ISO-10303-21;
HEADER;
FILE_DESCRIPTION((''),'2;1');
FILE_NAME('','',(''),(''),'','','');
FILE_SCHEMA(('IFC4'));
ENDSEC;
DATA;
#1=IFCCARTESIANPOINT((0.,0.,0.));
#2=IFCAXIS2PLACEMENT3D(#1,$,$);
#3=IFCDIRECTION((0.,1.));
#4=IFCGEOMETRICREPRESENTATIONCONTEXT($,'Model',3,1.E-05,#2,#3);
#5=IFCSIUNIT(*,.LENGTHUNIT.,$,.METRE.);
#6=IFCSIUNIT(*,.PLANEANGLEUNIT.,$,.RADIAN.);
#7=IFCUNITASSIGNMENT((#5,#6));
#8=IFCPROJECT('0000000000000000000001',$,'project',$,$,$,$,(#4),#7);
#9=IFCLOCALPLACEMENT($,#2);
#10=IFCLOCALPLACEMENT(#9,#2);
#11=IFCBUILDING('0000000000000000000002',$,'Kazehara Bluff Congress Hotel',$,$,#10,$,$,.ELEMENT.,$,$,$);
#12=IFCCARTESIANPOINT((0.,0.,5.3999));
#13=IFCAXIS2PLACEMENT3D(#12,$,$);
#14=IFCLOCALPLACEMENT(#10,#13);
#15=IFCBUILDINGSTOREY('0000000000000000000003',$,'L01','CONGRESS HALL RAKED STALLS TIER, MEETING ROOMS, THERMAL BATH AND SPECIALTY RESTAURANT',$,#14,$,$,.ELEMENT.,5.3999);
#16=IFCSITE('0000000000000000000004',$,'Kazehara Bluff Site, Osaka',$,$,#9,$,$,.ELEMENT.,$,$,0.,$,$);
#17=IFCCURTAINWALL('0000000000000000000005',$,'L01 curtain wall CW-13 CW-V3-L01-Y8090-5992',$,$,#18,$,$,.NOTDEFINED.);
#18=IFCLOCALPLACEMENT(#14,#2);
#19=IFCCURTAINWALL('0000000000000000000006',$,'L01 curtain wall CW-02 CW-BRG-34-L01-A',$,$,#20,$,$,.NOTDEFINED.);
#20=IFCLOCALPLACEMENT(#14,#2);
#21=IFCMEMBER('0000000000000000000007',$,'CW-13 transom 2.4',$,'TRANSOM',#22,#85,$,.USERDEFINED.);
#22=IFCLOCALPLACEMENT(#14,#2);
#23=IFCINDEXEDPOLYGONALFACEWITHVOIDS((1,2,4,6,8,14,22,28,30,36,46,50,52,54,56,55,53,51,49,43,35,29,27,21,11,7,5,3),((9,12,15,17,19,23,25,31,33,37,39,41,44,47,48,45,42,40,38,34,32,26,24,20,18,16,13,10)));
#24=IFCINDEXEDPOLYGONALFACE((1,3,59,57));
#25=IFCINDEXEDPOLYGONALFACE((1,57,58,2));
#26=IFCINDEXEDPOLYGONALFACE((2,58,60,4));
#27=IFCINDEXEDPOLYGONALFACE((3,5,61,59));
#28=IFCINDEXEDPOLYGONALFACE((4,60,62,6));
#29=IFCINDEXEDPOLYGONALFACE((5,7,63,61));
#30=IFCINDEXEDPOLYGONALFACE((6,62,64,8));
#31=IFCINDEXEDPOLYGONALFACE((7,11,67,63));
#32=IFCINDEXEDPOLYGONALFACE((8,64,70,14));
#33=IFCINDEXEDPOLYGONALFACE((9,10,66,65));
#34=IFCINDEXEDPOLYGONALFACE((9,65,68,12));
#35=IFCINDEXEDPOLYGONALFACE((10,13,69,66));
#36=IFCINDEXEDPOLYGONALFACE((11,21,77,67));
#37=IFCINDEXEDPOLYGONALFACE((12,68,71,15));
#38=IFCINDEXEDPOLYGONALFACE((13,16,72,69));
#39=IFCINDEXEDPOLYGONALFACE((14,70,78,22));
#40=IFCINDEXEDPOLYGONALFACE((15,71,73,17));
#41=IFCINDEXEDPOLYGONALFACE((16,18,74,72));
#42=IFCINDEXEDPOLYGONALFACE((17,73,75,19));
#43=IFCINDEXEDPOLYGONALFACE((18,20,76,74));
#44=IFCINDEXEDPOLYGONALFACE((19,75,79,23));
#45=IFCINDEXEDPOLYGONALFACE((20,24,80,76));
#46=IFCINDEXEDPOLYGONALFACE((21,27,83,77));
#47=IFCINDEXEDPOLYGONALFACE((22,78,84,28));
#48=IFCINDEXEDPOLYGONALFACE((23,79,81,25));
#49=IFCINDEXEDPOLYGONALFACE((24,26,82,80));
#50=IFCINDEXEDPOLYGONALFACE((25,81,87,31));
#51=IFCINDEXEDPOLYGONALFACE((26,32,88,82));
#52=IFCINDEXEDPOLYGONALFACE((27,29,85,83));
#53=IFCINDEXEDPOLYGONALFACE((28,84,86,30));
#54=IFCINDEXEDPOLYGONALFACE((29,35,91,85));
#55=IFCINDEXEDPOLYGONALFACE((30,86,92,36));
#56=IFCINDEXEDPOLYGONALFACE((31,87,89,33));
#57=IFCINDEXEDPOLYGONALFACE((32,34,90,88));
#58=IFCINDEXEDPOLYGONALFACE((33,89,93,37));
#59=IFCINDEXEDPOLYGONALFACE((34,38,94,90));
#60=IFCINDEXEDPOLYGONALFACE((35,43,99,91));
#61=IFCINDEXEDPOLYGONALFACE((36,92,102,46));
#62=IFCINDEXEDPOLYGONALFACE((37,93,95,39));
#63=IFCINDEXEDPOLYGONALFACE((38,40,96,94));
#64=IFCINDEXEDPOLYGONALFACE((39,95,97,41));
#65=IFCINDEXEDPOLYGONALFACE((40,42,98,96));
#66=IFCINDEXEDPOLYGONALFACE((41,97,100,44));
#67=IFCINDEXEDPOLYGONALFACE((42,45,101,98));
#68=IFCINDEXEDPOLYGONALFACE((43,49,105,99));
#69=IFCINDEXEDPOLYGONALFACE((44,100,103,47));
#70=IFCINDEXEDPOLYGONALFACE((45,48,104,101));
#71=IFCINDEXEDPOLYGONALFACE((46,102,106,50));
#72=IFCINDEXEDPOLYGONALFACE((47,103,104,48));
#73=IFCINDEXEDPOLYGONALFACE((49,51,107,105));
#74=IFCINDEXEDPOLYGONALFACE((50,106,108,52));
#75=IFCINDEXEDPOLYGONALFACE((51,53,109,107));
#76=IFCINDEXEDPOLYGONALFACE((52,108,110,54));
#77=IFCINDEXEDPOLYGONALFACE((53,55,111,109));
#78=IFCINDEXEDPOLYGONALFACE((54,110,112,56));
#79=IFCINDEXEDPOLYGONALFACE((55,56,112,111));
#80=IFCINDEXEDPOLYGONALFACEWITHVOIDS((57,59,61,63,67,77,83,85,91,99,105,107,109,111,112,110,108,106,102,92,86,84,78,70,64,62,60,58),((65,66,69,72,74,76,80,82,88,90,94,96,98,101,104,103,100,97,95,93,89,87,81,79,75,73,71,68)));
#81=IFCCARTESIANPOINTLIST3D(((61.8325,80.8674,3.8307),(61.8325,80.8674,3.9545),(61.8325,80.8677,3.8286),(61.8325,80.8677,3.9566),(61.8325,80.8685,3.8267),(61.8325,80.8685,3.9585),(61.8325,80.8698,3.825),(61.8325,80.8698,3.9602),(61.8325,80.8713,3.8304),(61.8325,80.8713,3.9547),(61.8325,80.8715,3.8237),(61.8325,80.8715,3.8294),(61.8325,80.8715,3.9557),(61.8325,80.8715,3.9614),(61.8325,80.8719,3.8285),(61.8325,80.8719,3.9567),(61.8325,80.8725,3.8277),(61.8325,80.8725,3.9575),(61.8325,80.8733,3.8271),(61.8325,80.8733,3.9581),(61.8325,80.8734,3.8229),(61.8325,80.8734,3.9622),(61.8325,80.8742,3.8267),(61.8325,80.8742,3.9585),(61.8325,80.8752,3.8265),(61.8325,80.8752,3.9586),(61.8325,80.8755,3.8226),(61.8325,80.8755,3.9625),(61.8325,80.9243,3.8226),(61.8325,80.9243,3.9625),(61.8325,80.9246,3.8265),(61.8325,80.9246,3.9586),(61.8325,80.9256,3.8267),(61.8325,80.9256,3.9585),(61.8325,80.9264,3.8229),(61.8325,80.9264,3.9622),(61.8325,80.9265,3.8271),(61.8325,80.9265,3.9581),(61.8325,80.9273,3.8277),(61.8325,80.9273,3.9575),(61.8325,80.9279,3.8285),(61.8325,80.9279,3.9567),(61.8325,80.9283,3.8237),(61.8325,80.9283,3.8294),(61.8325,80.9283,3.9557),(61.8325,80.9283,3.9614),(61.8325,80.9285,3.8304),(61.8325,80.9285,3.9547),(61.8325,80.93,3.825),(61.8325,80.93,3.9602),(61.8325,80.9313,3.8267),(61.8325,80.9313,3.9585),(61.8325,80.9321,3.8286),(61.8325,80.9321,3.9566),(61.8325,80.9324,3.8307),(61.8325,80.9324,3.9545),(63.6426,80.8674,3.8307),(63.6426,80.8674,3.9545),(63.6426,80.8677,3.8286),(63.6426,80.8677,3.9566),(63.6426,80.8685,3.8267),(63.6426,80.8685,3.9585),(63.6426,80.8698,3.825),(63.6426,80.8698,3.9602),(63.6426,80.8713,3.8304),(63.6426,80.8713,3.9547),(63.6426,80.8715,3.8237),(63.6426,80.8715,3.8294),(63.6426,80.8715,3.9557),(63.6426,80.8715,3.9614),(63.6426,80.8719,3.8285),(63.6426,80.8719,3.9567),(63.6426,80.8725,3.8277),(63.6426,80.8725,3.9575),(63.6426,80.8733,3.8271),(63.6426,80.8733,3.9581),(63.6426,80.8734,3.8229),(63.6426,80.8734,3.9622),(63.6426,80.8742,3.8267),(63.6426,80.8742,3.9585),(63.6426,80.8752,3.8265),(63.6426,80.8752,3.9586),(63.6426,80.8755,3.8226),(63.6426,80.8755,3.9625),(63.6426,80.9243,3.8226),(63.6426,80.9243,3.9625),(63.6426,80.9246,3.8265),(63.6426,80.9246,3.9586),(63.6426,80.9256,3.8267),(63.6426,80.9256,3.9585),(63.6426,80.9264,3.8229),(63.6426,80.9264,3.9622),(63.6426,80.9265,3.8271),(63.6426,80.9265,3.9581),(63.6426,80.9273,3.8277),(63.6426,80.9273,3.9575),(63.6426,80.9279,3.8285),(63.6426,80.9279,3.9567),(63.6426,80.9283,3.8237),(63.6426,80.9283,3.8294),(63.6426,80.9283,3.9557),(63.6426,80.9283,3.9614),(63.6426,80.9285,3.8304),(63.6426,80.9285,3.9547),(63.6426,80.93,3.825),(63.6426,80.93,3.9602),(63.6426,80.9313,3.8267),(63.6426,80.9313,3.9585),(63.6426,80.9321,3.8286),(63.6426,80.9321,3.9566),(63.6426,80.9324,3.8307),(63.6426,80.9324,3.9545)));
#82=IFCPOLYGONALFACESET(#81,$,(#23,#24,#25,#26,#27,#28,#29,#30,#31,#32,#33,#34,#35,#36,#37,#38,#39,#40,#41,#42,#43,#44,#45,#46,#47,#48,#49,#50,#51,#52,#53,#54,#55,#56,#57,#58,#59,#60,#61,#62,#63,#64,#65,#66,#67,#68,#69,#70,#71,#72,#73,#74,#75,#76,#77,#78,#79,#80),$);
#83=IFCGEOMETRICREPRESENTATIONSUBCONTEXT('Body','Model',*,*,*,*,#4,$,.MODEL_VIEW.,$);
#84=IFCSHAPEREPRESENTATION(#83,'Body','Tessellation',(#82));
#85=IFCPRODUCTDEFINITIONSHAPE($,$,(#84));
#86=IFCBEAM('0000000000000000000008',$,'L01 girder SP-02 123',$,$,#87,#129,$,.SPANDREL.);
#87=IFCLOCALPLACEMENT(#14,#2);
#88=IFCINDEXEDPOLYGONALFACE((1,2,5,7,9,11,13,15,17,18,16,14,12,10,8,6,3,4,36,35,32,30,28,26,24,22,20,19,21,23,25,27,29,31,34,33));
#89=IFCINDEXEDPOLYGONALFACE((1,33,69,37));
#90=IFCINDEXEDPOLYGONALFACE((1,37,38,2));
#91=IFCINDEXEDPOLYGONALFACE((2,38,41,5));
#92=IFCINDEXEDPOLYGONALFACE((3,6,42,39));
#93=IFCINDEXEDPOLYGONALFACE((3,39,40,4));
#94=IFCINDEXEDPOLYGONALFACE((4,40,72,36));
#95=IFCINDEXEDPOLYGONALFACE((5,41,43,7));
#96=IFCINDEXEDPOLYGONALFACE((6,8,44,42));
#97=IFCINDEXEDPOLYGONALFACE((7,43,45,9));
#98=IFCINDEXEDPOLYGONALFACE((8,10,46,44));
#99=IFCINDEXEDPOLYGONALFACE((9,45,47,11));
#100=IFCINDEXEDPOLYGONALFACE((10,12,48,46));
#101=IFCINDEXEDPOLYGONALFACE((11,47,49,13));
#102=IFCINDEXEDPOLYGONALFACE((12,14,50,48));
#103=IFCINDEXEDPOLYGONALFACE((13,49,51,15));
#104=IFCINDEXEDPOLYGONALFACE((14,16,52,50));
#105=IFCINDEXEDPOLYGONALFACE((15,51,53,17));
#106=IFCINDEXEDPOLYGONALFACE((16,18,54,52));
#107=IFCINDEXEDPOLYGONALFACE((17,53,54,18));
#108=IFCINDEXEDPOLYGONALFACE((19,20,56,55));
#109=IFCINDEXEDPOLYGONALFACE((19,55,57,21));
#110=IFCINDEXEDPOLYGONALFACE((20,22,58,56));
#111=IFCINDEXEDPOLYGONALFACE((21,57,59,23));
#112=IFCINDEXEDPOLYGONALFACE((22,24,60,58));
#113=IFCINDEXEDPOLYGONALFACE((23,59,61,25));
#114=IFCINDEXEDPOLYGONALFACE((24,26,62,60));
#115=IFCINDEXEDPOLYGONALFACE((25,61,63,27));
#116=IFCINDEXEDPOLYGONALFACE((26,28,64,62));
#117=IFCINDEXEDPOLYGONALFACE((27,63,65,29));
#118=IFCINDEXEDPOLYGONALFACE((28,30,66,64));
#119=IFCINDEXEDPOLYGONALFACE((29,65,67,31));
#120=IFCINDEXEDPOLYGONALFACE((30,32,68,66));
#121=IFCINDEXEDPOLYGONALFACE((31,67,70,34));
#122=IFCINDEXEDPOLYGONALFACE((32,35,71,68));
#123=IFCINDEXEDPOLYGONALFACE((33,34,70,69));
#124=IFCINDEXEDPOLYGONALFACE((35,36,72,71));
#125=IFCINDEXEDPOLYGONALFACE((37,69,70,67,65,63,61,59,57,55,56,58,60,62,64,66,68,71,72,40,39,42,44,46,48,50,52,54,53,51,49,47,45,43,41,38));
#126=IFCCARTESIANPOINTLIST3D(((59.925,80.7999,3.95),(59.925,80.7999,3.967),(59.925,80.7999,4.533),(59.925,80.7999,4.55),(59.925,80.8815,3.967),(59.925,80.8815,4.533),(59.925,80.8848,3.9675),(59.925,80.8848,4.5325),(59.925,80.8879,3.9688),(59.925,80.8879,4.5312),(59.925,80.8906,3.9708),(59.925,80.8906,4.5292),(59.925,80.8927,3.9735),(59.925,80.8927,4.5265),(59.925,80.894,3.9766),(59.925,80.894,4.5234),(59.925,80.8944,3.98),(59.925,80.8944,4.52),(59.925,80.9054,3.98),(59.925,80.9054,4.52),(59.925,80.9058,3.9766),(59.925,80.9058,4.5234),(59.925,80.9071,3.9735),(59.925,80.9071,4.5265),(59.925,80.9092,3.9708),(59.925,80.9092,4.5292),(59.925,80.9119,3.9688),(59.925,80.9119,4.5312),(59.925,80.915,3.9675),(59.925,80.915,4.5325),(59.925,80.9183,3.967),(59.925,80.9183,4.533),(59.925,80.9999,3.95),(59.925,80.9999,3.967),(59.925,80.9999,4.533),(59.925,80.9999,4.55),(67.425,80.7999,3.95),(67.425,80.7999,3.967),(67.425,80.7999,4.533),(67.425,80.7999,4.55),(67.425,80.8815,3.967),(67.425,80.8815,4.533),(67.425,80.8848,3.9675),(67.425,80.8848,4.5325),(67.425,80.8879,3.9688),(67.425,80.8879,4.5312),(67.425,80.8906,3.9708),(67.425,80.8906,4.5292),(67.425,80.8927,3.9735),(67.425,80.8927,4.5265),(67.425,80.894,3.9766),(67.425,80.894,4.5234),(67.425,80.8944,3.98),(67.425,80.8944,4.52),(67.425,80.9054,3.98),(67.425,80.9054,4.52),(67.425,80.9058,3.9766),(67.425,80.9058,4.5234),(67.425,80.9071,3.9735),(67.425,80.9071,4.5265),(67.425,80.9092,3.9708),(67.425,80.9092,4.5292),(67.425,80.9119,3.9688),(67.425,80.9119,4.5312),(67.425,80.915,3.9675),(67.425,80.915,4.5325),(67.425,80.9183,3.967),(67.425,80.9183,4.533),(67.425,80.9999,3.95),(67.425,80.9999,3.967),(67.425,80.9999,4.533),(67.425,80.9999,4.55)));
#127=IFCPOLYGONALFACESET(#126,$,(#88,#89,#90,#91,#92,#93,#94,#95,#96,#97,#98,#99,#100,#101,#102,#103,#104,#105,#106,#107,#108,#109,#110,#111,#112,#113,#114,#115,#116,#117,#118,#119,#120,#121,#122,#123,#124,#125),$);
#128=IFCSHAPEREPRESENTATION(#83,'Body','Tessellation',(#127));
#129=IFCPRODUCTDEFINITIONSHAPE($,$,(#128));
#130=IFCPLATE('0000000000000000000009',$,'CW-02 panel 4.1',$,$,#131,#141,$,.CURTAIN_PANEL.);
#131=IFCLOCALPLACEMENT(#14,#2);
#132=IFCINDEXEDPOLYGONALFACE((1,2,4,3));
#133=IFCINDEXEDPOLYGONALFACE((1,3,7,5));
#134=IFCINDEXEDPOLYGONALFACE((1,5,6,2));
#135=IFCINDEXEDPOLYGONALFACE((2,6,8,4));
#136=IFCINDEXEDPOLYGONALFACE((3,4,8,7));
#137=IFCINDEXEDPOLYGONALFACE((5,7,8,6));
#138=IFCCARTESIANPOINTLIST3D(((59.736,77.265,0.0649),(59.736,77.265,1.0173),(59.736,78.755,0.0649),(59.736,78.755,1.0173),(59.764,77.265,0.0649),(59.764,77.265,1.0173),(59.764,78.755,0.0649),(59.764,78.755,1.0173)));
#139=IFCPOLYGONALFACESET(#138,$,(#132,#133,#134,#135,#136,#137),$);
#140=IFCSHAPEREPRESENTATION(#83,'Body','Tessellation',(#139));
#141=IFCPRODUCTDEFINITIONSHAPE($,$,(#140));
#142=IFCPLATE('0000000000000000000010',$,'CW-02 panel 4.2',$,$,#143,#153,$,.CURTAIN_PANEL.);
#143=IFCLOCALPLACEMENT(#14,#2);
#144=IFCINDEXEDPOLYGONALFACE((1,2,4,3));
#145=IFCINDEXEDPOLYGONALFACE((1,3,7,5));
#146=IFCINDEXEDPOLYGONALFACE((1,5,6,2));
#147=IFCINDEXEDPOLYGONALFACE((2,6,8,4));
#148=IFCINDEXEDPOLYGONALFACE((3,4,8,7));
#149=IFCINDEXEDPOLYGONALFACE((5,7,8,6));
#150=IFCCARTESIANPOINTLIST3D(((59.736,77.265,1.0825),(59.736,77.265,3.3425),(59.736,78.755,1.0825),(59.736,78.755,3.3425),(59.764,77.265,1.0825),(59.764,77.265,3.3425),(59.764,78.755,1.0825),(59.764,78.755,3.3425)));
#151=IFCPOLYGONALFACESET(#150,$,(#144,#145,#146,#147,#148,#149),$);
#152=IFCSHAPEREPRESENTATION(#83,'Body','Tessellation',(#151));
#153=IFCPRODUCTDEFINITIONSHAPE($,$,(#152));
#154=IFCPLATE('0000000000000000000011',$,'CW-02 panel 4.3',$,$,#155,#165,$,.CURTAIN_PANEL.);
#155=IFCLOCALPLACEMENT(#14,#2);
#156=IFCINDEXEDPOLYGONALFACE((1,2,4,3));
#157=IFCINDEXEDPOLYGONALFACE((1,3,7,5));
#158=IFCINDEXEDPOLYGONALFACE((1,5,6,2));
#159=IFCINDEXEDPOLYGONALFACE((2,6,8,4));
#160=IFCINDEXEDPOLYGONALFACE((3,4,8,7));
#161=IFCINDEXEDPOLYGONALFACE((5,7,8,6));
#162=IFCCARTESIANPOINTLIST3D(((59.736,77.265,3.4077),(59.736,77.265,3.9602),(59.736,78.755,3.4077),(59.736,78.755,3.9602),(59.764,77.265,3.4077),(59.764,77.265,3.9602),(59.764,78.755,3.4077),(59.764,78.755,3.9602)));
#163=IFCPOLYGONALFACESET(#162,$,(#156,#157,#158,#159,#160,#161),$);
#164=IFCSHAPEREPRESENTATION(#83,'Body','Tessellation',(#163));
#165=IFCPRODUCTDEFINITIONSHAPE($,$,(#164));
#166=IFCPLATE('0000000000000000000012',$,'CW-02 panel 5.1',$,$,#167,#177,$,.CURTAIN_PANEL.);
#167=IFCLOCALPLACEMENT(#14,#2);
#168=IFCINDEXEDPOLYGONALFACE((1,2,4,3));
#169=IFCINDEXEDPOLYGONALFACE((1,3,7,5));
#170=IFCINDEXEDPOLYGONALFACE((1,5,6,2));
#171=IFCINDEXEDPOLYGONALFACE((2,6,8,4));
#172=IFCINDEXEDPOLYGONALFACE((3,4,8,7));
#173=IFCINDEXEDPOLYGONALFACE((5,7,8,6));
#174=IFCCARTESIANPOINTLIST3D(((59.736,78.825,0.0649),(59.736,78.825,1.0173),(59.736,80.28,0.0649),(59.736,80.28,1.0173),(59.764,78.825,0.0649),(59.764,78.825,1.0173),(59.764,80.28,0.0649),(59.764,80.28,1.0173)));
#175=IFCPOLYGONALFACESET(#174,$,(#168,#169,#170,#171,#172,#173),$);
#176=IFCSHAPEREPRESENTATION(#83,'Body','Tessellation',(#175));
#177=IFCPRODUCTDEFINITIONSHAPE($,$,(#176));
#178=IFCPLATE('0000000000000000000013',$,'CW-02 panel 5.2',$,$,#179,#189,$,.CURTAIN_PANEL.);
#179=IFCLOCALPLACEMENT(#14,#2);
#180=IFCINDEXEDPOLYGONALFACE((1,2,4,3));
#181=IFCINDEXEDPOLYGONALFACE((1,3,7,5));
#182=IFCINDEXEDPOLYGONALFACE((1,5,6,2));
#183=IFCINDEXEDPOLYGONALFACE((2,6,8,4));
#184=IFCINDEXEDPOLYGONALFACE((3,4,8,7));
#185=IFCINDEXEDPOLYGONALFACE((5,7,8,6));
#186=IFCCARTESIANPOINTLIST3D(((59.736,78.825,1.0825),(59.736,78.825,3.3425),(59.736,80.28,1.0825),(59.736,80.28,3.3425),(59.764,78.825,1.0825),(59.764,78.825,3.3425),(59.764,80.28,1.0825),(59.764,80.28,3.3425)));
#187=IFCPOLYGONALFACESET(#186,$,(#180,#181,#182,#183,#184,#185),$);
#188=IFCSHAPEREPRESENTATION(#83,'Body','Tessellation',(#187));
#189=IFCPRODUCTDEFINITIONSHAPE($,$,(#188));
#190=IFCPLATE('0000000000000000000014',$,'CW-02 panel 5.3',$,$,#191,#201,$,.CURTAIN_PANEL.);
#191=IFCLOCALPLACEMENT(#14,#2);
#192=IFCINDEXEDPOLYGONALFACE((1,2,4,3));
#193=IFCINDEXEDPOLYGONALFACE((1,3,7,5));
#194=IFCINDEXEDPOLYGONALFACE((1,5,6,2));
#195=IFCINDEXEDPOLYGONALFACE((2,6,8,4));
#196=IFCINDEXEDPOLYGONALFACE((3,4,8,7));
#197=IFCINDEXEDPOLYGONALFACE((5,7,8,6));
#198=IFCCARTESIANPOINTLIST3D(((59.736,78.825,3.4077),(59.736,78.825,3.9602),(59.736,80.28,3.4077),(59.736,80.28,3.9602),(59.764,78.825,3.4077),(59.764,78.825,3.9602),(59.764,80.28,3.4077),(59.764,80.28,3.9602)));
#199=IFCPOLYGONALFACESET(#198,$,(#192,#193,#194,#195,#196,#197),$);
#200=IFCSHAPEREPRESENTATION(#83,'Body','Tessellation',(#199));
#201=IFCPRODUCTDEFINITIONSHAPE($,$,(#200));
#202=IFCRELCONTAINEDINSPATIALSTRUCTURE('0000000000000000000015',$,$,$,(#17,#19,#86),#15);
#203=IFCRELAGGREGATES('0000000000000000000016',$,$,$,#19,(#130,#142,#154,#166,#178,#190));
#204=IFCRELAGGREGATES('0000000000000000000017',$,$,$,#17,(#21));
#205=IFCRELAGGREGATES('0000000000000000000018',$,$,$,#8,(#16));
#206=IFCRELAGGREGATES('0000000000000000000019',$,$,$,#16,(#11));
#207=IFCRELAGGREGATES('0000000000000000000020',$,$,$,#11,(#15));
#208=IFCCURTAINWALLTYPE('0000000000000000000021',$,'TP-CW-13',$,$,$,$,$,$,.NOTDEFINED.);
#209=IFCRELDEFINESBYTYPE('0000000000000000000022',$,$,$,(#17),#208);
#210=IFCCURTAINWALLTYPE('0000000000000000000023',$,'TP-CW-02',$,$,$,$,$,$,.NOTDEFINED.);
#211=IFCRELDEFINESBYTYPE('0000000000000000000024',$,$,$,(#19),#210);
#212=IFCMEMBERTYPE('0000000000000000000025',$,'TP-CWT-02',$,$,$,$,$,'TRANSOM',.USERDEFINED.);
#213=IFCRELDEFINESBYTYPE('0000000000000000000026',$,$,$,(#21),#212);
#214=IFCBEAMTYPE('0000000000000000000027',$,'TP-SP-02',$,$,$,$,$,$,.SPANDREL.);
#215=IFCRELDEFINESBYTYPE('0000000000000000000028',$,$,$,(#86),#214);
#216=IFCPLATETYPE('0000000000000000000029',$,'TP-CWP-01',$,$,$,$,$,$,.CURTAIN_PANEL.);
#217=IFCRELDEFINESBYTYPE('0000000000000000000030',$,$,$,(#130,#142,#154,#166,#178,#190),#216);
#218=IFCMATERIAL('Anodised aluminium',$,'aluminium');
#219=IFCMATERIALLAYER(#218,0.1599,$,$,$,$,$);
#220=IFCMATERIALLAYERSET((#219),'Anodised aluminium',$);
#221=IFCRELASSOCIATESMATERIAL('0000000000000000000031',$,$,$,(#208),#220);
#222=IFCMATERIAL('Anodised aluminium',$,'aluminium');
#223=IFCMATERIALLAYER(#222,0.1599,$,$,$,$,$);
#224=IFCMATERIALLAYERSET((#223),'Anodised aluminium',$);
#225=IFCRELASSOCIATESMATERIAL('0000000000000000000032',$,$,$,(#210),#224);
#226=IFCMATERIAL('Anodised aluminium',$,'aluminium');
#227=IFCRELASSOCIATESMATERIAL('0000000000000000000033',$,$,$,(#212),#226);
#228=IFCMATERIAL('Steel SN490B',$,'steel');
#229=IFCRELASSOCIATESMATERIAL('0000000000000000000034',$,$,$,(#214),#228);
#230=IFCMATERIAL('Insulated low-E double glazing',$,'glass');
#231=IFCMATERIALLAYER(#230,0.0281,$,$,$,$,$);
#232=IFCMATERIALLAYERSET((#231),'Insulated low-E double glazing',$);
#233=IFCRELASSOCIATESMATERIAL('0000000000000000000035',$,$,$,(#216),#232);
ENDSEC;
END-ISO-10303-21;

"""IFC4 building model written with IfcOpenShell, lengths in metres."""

from ifc_helpers import new_model, si_unit, direction, frame, origin, origin_2d, place, context, subcontext, project, spatial, rectangle, hollow_rectangle, i_section, extrude, material, layer, layer_set, material_profile, profile_set, type_object, element, aggregate, save


model = new_model("IFC4")

# Units and contexts
model_context = context("Model", 3, precision=1e-05, world=origin(), true_north=direction((0.0, 1.0)))
body_context = subcontext(model_context, "Body", "Model", "MODEL_VIEW")
ifc_project = project(units=[si_unit("LENGTHUNIT", "METRE"), si_unit("PLANEANGLEUNIT", "RADIAN")], contexts=[model_context])

# Site, building, storey
site_placement = place(None, origin())
site = spatial("IfcSite", under=ifc_project, at=site_placement, Name="Kazehara Bluff Site, Osaka", CompositionType="ELEMENT", RefElevation=0.0)
building_placement = place(site_placement, origin())
building = spatial("IfcBuilding", under=site, at=building_placement, Name="Kazehara Bluff Congress Hotel", CompositionType="ELEMENT")
storey_placement = place(building_placement, frame((0.0, 0.0, 5.3999)))
storey = spatial("IfcBuildingStorey", under=building, at=storey_placement, Name="L01", Description="CONGRESS HALL RAKED STALLS TIER, MEETING ROOMS, THERMAL BATH AND SPECIALTY RESTAURANT", CompositionType="ELEMENT", Elevation=5.3999)

# Curtain walls
ifc_material_1 = material(Name="Anodised aluminium", Category="aluminium")
ifc_layer_1 = layer(ifc_material_1, 0.1599)
ifc_layer_set_1 = layer_set([ifc_layer_1], Name="Anodised aluminium")
curtain_wall_type_1 = type_object("IfcCurtainWallType", Name="TP-CW-13", PredefinedType="NOTDEFINED", material=ifc_layer_set_1)
curtain_wall_1_placement = place(storey_placement, origin())
curtain_wall_1 = element("IfcCurtainWall", 1, at=curtain_wall_1_placement, inside=storey, type_object=curtain_wall_type_1, Name="L01 curtain wall CW-13 CW-V3-L01-Y8090-5992", PredefinedType="NOTDEFINED")
ifc_material_2 = material(Name="Anodised aluminium", Category="aluminium")
ifc_layer_2 = layer(ifc_material_2, 0.1599)
ifc_layer_set_2 = layer_set([ifc_layer_2], Name="Anodised aluminium")
curtain_wall_type_2 = type_object("IfcCurtainWallType", Name="TP-CW-02", PredefinedType="NOTDEFINED", material=ifc_layer_set_2)
curtain_wall_2_placement = place(storey_placement, origin())
curtain_wall_2 = element("IfcCurtainWall", 2, at=curtain_wall_2_placement, inside=storey, type_object=curtain_wall_type_2, Name="L01 curtain wall CW-02 CW-BRG-34-L01-A", PredefinedType="NOTDEFINED")
ifc_material_3 = material(Name="Anodised aluminium", Category="aluminium")
ifc_material_profile_1 = material_profile(ifc_material_3, hollow_rectangle(XDim=0.0649, YDim=0.1399, WallThickness=0.0039, InnerFilletRadius=0.0039, OuterFilletRadius=0.0081, at=origin_2d()))
ifc_profile_set_1 = profile_set([ifc_material_profile_1], Name="Anodised aluminium")
member_type_1 = type_object("IfcMemberType", Name="TP-CWT-02", ElementType="TRANSOM", PredefinedType="USERDEFINED", material=ifc_profile_set_1)

# Member
member_1_placement = place(storey_placement, frame((61.8325, 80.8999, 3.8926), z_axis=(1.0, 0.0, 0.0), x_axis=(0.0, 1.0, 0.0)))
member_1 = element("IfcMember", 3, at=member_1_placement, type_object=member_type_1, Name="CW-13 transom 2.4", ObjectType="TRANSOM", PredefinedType="USERDEFINED", context=body_context, shape_type="SweptSolid", body=[
    extrude(hollow_rectangle(XDim=0.0649, YDim=0.1399, WallThickness=0.0039, InnerFilletRadius=0.0039, OuterFilletRadius=0.0081, at=origin_2d()), origin(), (0.0, 0.0, 1.0), 1.8101),
])

# Beam
ifc_material_4 = material(Name="Steel SN490B", Category="steel")
ifc_material_profile_2 = material_profile(ifc_material_4, i_section(OverallWidth=0.2, OverallDepth=0.6001, WebThickness=0.011, FlangeThickness=0.0171, FilletRadius=0.0129, at=origin_2d()))
ifc_profile_set_2 = profile_set([ifc_material_profile_2], Name="Steel SN490B")
beam_type = type_object("IfcBeamType", Name="TP-SP-02", PredefinedType="SPANDREL", material=ifc_profile_set_2)
beam_placement = place(storey_placement, frame((59.925, 80.8999, 4.25), z_axis=(1.0, 0.0, 0.0), x_axis=(0.0, 1.0, 0.0)))
element("IfcBeam", 4, at=beam_placement, inside=storey, type_object=beam_type, Name="L01 girder SP-02 123", PredefinedType="SPANDREL", context=body_context, shape_type="SweptSolid", body=[
    extrude(i_section(OverallWidth=0.2, OverallDepth=0.6001, WebThickness=0.011, FlangeThickness=0.0171, FilletRadius=0.0129, at=origin_2d()), origin(), (0.0, 0.0, 1.0), 7.5),
])

# Plates
ifc_material_5 = material(Name="Insulated low-E double glazing", Category="glass")
ifc_layer_3 = layer(ifc_material_5, 0.0281)
ifc_layer_set_3 = layer_set([ifc_layer_3], Name="Insulated low-E double glazing")
plate_type = type_object("IfcPlateType", Name="TP-CWP-01", PredefinedType="CURTAIN_PANEL", material=ifc_layer_set_3)
plate_1_placement = place(storey_placement, frame((59.75, 78.01, 0.0649), z_axis=(0.0, 0.0, 1.0), x_axis=(0.0, 1.0, 0.0)))
plate_1 = element("IfcPlate", 5, at=plate_1_placement, type_object=plate_type, Name="CW-02 panel 4.1", PredefinedType="CURTAIN_PANEL", context=body_context, shape_type="SweptSolid", body=[
    extrude(rectangle(XDim=1.49, YDim=0.0281, at=origin_2d()), origin(), (0.0, 0.0, 1.0), 0.9524),
])
plate_2_placement = place(storey_placement, frame((59.75, 78.01, 1.0825), z_axis=(0.0, 0.0, 1.0), x_axis=(0.0, 1.0, 0.0)))
plate_2 = element("IfcPlate", 6, at=plate_2_placement, type_object=plate_type, Name="CW-02 panel 4.2", PredefinedType="CURTAIN_PANEL", context=body_context, shape_type="SweptSolid", body=[
    extrude(rectangle(XDim=1.49, YDim=0.0281, at=origin_2d()), origin(), (0.0, 0.0, 1.0), 2.26),
])
plate_3_placement = place(storey_placement, frame((59.75, 78.01, 3.4077), z_axis=(0.0, 0.0, 1.0), x_axis=(0.0, 1.0, 0.0)))
plate_3 = element("IfcPlate", 7, at=plate_3_placement, type_object=plate_type, Name="CW-02 panel 4.3", PredefinedType="CURTAIN_PANEL", context=body_context, shape_type="SweptSolid", body=[
    extrude(rectangle(XDim=1.49, YDim=0.0281, at=origin_2d()), origin(), (0.0, 0.0, 1.0), 0.5525),
])
plate_4_placement = place(storey_placement, frame((59.75, 79.5525, 0.0649), z_axis=(0.0, 0.0, 1.0), x_axis=(0.0, 1.0, 0.0)))
plate_4 = element("IfcPlate", 8, at=plate_4_placement, type_object=plate_type, Name="CW-02 panel 5.1", PredefinedType="CURTAIN_PANEL", context=body_context, shape_type="SweptSolid", body=[
    extrude(rectangle(XDim=1.4551, YDim=0.0281, at=origin_2d()), origin(), (0.0, 0.0, 1.0), 0.9524),
])
plate_5_placement = place(storey_placement, frame((59.75, 79.5525, 1.0825), z_axis=(0.0, 0.0, 1.0), x_axis=(0.0, 1.0, 0.0)))
plate_5 = element("IfcPlate", 9, at=plate_5_placement, type_object=plate_type, Name="CW-02 panel 5.2", PredefinedType="CURTAIN_PANEL", context=body_context, shape_type="SweptSolid", body=[
    extrude(rectangle(XDim=1.4551, YDim=0.0281, at=origin_2d()), origin(), (0.0, 0.0, 1.0), 2.26),
])
plate_6_placement = place(storey_placement, frame((59.75, 79.5525, 3.4077), z_axis=(0.0, 0.0, 1.0), x_axis=(0.0, 1.0, 0.0)))
plate_6 = element("IfcPlate", 10, at=plate_6_placement, type_object=plate_type, Name="CW-02 panel 5.3", PredefinedType="CURTAIN_PANEL", context=body_context, shape_type="SweptSolid", body=[
    extrude(rectangle(XDim=1.4551, YDim=0.0281, at=origin_2d()), origin(), (0.0, 0.0, 1.0), 0.5525),
])
aggregate(curtain_wall_2, [plate_1, plate_2, plate_3, plate_4, plate_5, plate_6])
aggregate(curtain_wall_1, [member_1])

save(model, "model.ifc")
